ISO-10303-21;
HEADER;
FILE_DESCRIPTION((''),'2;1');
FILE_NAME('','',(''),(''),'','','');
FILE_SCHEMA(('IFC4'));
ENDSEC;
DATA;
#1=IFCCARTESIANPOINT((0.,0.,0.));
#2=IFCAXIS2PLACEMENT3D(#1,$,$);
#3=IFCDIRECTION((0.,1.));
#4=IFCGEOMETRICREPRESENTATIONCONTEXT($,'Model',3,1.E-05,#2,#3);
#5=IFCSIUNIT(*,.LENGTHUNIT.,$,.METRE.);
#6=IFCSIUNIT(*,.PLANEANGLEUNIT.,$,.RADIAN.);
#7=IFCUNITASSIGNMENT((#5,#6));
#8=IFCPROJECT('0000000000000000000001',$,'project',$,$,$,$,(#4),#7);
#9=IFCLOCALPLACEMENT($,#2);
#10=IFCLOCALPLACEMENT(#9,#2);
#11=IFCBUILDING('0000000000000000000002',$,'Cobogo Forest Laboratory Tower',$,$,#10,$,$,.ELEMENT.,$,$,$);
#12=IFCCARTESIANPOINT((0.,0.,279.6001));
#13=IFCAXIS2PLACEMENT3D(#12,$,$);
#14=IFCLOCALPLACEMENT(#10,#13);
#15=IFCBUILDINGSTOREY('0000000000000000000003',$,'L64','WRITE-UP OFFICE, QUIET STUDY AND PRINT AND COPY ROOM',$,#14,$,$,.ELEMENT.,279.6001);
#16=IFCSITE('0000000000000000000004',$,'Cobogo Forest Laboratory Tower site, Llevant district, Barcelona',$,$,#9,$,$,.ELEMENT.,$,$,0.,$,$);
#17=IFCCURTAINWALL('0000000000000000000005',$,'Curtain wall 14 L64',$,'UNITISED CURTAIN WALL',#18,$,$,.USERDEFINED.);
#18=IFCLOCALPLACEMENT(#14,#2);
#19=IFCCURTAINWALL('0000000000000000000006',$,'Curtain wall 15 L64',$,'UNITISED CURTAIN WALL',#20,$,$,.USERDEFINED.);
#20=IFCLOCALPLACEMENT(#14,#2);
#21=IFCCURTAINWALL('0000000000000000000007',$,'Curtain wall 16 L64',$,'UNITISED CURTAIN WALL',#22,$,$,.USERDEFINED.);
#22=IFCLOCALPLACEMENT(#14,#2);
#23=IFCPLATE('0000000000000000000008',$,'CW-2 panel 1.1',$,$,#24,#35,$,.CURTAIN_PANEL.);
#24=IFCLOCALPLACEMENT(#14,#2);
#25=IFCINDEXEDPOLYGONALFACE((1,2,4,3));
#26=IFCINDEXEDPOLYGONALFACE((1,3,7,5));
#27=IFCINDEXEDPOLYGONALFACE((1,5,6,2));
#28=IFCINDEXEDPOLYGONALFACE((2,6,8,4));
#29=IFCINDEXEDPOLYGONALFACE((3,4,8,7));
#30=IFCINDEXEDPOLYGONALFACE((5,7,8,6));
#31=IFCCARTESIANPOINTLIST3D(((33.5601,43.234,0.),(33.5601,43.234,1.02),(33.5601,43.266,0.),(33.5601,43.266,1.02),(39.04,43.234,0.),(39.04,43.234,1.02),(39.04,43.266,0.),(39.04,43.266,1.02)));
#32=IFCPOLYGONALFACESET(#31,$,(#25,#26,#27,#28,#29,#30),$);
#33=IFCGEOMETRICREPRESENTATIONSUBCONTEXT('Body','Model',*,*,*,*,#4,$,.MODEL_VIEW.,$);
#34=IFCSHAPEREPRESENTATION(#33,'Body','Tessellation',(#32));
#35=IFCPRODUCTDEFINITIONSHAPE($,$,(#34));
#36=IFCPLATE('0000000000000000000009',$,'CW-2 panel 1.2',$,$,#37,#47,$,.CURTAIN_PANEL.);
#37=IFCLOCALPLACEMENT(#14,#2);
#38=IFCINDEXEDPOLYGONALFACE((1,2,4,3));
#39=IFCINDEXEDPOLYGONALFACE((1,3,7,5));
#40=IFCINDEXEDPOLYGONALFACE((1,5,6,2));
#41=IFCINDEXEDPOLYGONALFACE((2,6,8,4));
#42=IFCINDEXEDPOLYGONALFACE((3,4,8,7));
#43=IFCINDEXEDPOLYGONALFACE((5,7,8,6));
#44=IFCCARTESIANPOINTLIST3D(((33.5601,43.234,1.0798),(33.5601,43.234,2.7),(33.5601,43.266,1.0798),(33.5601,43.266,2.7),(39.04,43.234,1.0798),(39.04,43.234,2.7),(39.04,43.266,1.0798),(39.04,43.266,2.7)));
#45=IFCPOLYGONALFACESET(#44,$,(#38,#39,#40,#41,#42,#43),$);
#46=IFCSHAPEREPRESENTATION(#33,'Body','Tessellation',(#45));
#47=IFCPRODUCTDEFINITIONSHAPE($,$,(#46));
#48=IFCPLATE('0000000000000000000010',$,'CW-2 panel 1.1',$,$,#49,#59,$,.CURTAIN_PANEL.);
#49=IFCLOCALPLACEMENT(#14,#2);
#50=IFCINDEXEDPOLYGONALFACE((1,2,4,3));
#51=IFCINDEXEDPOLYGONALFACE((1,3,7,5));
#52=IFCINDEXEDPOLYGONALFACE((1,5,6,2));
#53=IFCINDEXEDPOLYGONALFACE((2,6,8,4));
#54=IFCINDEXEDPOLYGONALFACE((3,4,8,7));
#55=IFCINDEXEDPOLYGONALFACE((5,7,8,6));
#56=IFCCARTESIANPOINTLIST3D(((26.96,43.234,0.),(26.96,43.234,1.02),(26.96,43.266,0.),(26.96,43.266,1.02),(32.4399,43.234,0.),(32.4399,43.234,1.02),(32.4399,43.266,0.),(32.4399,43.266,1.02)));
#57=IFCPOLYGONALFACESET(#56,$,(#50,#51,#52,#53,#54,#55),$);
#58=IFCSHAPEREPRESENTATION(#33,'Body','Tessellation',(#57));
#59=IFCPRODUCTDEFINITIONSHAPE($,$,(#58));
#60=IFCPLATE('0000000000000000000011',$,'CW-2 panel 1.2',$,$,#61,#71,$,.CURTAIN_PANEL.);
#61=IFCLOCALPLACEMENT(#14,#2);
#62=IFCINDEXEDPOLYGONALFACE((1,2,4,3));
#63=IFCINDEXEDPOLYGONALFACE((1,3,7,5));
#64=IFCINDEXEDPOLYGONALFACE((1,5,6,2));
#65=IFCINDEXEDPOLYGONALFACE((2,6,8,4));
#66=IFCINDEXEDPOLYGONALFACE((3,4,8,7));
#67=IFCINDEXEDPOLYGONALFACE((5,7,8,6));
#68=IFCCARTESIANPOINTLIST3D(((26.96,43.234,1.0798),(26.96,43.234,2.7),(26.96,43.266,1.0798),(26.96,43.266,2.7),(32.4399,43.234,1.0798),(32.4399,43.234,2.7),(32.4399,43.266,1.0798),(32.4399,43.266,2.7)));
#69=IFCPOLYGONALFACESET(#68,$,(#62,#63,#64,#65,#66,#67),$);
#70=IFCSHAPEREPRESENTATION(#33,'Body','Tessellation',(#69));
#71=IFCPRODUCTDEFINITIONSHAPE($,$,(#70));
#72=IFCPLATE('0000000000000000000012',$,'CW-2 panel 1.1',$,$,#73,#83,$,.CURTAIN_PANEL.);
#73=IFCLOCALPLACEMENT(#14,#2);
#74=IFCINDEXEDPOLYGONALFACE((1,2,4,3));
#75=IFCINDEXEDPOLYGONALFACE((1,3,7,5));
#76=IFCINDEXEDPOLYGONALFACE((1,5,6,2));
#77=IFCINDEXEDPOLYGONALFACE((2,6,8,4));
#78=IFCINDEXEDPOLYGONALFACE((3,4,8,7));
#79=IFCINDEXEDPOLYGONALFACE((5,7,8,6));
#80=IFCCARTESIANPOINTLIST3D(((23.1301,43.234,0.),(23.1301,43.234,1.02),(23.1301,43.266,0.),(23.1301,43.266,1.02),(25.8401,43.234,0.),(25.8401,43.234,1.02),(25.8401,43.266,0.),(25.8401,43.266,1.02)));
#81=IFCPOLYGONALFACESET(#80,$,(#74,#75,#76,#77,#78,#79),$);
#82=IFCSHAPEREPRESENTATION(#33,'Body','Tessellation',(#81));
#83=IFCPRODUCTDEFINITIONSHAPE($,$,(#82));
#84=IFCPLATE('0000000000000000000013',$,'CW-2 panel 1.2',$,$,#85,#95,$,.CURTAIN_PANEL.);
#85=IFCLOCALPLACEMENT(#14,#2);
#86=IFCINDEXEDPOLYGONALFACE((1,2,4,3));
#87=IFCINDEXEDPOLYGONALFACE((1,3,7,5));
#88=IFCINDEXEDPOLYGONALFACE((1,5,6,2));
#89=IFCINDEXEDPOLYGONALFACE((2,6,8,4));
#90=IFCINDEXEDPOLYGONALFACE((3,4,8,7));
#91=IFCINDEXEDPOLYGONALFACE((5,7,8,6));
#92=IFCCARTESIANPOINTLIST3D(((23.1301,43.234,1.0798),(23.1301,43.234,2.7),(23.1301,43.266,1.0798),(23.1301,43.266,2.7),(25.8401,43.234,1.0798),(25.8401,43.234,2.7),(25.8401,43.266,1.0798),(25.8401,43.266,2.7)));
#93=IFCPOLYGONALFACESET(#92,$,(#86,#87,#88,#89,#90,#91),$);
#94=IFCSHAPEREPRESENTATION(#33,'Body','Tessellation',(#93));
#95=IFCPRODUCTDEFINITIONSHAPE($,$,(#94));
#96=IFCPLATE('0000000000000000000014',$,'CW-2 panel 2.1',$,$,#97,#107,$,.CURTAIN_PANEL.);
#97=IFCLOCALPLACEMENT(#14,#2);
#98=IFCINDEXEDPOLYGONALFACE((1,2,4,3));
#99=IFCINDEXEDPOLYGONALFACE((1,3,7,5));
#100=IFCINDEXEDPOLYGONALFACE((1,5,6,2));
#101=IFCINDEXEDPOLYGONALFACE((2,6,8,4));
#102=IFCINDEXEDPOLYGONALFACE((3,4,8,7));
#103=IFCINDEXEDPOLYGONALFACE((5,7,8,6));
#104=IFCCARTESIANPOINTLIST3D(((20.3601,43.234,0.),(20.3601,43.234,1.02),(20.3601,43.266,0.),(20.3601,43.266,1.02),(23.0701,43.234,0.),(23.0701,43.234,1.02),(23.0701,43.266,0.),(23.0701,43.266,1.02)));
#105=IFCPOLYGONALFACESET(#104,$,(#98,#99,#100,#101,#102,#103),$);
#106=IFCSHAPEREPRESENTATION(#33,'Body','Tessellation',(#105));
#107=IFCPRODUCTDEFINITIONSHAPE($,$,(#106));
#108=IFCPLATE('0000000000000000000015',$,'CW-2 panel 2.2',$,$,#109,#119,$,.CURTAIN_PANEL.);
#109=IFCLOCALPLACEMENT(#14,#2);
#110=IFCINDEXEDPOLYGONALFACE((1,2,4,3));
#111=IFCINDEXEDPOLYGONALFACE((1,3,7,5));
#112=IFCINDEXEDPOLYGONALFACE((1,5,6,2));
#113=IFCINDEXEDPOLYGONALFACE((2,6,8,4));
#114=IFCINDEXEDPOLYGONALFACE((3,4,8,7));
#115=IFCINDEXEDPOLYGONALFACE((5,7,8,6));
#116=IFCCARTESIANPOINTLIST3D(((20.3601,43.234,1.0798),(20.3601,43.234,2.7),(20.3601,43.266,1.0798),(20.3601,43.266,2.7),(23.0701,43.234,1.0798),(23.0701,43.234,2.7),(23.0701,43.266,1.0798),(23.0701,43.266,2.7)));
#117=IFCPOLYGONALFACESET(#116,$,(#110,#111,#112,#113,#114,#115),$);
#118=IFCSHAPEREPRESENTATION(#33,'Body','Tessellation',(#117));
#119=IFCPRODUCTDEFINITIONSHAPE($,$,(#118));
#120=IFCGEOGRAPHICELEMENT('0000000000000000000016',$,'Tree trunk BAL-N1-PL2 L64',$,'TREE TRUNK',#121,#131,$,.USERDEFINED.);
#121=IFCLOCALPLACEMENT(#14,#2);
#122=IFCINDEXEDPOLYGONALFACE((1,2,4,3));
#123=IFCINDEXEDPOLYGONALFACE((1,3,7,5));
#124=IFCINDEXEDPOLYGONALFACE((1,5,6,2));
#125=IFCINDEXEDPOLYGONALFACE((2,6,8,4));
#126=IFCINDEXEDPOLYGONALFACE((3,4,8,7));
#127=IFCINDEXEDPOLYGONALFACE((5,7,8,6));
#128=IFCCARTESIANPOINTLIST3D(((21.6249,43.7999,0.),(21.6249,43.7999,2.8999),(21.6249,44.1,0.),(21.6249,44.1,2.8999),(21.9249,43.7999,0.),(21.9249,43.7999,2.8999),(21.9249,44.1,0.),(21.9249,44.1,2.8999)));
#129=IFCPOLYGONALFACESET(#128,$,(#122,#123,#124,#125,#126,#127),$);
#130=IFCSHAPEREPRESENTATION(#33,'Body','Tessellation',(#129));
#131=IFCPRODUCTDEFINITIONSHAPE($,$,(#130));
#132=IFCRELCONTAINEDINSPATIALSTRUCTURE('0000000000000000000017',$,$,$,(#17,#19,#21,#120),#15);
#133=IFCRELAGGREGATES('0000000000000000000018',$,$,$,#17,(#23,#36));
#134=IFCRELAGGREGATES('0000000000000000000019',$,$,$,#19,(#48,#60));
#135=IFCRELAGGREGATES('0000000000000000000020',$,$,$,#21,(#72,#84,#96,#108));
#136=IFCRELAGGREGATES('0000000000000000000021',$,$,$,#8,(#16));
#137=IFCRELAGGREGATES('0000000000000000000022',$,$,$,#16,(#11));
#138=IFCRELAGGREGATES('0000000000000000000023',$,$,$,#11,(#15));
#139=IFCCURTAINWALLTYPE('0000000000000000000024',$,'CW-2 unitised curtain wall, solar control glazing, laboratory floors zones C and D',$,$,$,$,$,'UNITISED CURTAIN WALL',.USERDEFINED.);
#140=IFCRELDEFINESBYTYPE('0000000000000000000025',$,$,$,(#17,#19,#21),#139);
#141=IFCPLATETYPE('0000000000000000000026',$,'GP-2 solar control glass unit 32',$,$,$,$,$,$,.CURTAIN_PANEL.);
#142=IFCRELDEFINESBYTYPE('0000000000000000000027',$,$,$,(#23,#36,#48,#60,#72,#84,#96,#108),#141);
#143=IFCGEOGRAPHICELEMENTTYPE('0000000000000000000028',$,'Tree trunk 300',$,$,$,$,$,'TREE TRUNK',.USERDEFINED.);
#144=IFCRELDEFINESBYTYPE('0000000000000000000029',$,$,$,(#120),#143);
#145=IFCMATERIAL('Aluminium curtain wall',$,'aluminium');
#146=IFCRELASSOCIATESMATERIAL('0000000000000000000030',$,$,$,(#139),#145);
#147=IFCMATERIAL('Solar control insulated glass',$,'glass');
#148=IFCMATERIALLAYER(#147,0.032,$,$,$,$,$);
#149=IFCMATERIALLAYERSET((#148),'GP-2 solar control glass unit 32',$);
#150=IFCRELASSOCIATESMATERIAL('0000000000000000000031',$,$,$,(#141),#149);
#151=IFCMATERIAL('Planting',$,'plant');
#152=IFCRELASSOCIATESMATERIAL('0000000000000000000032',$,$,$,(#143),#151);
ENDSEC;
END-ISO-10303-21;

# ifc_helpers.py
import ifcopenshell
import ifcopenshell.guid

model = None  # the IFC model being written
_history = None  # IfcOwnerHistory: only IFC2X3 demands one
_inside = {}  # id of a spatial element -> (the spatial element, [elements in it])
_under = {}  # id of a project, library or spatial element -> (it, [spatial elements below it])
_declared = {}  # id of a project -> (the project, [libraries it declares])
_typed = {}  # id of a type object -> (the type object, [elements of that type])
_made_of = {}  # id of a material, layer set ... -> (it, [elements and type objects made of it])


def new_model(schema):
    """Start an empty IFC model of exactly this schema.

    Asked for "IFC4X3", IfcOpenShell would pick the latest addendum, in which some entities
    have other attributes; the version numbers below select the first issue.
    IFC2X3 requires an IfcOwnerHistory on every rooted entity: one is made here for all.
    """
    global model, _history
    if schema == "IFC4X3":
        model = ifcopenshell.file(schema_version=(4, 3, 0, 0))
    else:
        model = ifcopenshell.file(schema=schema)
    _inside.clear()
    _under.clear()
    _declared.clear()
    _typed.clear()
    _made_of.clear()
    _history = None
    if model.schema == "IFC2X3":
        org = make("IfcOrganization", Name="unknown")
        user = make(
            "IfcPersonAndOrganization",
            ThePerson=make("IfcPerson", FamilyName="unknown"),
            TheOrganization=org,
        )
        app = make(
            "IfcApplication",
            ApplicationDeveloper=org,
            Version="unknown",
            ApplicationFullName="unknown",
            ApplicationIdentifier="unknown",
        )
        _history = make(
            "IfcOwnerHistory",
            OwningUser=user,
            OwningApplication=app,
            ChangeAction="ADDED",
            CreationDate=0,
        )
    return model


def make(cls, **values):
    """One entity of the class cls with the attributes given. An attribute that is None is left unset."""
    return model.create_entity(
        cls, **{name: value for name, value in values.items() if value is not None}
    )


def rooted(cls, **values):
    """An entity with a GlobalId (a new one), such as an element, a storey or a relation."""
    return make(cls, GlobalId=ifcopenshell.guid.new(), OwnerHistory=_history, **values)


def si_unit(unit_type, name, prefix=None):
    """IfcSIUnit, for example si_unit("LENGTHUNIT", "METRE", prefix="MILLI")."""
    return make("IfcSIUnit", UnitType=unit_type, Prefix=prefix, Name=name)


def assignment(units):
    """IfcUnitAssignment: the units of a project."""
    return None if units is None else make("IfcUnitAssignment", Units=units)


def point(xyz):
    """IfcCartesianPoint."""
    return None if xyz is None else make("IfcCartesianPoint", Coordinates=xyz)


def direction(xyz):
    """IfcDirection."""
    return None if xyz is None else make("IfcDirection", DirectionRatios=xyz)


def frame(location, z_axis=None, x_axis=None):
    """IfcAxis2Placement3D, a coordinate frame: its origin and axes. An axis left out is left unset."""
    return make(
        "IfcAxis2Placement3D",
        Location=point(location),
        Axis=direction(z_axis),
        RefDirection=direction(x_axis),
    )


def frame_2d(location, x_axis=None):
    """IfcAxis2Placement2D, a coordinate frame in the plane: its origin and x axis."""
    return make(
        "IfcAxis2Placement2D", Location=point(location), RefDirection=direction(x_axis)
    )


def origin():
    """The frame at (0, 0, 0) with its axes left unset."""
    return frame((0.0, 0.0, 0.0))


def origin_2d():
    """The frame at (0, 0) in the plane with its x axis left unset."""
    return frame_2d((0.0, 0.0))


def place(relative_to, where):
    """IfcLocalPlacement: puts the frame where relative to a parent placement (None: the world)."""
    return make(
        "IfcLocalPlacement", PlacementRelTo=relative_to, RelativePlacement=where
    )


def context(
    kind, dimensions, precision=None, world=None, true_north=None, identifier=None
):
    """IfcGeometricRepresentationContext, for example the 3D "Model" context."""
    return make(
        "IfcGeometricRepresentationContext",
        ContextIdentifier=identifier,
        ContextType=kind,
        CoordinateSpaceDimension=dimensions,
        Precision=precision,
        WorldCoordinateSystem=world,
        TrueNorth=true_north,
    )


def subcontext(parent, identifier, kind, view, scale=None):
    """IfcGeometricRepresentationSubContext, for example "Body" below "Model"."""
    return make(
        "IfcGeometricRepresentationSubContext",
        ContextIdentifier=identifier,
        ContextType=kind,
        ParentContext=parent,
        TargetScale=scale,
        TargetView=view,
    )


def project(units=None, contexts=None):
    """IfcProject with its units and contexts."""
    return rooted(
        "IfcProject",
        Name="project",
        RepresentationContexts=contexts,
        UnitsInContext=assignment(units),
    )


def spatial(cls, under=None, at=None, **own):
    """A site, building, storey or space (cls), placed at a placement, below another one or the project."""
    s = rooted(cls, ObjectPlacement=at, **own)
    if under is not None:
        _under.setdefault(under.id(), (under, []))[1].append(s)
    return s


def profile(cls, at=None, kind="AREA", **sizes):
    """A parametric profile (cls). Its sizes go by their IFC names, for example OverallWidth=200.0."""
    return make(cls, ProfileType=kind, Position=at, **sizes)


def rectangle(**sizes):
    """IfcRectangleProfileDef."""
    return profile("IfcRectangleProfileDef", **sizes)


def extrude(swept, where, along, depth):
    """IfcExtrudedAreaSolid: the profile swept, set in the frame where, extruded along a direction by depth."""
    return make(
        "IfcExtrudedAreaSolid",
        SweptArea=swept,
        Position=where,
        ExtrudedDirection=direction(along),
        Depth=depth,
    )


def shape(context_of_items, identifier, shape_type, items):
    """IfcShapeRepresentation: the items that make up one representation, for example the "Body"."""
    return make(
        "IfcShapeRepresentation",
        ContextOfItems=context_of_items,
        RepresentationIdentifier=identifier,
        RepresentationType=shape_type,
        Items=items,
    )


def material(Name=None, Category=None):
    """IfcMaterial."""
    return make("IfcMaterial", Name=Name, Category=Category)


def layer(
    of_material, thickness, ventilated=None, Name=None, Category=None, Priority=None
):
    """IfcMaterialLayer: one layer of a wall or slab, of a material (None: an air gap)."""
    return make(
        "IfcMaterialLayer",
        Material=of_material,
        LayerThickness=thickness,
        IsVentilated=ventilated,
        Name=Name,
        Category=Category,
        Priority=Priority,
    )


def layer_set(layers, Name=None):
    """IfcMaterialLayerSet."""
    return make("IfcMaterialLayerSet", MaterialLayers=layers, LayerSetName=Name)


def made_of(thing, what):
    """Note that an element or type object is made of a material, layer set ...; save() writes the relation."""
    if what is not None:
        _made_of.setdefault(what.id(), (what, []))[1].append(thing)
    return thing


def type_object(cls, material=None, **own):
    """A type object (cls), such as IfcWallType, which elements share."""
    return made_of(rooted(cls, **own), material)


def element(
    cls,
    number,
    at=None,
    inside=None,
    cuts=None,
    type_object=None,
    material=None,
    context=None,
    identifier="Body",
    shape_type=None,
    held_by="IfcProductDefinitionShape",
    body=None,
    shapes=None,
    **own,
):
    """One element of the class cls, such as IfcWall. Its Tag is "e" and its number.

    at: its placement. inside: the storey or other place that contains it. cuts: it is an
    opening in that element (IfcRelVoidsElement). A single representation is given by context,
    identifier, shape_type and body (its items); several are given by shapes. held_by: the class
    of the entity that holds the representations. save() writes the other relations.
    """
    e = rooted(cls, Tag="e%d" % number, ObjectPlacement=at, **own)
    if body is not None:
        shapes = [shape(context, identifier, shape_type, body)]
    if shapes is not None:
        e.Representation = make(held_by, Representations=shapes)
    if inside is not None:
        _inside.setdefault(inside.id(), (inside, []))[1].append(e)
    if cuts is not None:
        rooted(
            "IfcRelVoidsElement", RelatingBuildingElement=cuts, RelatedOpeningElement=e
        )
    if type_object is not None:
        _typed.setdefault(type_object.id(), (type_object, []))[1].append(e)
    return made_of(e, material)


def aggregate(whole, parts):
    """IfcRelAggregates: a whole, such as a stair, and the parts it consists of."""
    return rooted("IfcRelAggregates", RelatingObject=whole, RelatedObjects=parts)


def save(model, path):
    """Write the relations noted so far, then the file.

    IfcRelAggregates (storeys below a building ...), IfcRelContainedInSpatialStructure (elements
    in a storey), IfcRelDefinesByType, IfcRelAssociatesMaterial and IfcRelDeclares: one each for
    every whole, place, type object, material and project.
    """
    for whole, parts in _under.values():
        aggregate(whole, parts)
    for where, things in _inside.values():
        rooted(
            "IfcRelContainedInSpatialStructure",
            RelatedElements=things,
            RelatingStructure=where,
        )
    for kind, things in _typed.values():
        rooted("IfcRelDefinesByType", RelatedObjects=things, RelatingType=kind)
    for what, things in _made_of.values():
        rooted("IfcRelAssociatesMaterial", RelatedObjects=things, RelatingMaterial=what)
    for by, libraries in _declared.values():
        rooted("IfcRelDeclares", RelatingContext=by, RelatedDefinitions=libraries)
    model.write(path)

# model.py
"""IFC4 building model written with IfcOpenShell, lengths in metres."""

from ifc_helpers import new_model, si_unit, direction, frame, origin, origin_2d, place, context, subcontext, project, spatial, rectangle, extrude, material, layer, layer_set, type_object, element, aggregate, save


model = new_model("IFC4")

# Units and contexts
model_context = context("Model", 3, precision=1e-05, world=origin(), true_north=direction((0.0, 1.0)))
body_context = subcontext(model_context, "Body", "Model", "MODEL_VIEW")
ifc_project = project(units=[si_unit("LENGTHUNIT", "METRE"), si_unit("PLANEANGLEUNIT", "RADIAN")], contexts=[model_context])

# Site, building, storey
site_placement = place(None, origin())
site = spatial("IfcSite", under=ifc_project, at=site_placement, Name="Cobogo Forest Laboratory Tower site, Llevant district, Barcelona", CompositionType="ELEMENT", RefElevation=0.0)
building_placement = place(site_placement, origin())
building = spatial("IfcBuilding", under=site, at=building_placement, Name="Cobogo Forest Laboratory Tower", CompositionType="ELEMENT")
storey_placement = place(building_placement, frame((0.0, 0.0, 279.6001)))
storey = spatial("IfcBuildingStorey", under=building, at=storey_placement, Name="L64", Description="WRITE-UP OFFICE, QUIET STUDY AND PRINT AND COPY ROOM", CompositionType="ELEMENT", Elevation=279.6001)

# Curtain walls
ifc_material_1 = material(Name="Aluminium curtain wall", Category="aluminium")
curtain_wall_type = type_object("IfcCurtainWallType", Name="CW-2 unitised curtain wall, solar control glazing, laboratory floors zones C and D", ElementType="UNITISED CURTAIN WALL", PredefinedType="USERDEFINED", material=ifc_material_1)
curtain_wall_1_placement = place(storey_placement, origin())
curtain_wall_1 = element("IfcCurtainWall", 1, at=curtain_wall_1_placement, inside=storey, type_object=curtain_wall_type, Name="Curtain wall 14 L64", ObjectType="UNITISED CURTAIN WALL", PredefinedType="USERDEFINED")
curtain_wall_2_placement = place(storey_placement, origin())
curtain_wall_2 = element("IfcCurtainWall", 2, at=curtain_wall_2_placement, inside=storey, type_object=curtain_wall_type, Name="Curtain wall 15 L64", ObjectType="UNITISED CURTAIN WALL", PredefinedType="USERDEFINED")
curtain_wall_3_placement = place(storey_placement, origin())
curtain_wall_3 = element("IfcCurtainWall", 3, at=curtain_wall_3_placement, inside=storey, type_object=curtain_wall_type, Name="Curtain wall 16 L64", ObjectType="UNITISED CURTAIN WALL", PredefinedType="USERDEFINED")

# Plates
ifc_material_2 = material(Name="Solar control insulated glass", Category="glass")
ifc_layer = layer(ifc_material_2, 0.032)
ifc_layer_set = layer_set([ifc_layer], Name="GP-2 solar control glass unit 32")
plate_type_1 = type_object("IfcPlateType", Name="GP-2 solar control glass unit 32", PredefinedType="CURTAIN_PANEL", material=ifc_layer_set)
plate_1_placement = place(storey_placement, frame((36.3, 43.25, 0.0), z_axis=(0.0, 0.0, 1.0), x_axis=(-1.0, 0.0, 0.0)))
plate_1 = element("IfcPlate", 4, at=plate_1_placement, type_object=plate_type_1, Name="CW-2 panel 1.1", PredefinedType="CURTAIN_PANEL", context=body_context, shape_type="SweptSolid", body=[
    extrude(rectangle(XDim=5.48, YDim=0.032, at=origin_2d()), origin(), (0.0, 0.0, 1.0), 1.02),
])
plate_2_placement = place(storey_placement, frame((36.3, 43.25, 1.0798), z_axis=(0.0, 0.0, 1.0), x_axis=(-1.0, 0.0, 0.0)))
plate_2 = element("IfcPlate", 5, at=plate_2_placement, type_object=plate_type_1, Name="CW-2 panel 1.2", PredefinedType="CURTAIN_PANEL", context=body_context, shape_type="SweptSolid", body=[
    extrude(rectangle(XDim=5.48, YDim=0.032, at=origin_2d()), origin(), (0.0, 0.0, 1.0), 1.6201),
])
aggregate(curtain_wall_1, [plate_1, plate_2])
plate_3_placement = place(storey_placement, frame((29.7, 43.25, 0.0), z_axis=(0.0, 0.0, 1.0), x_axis=(-1.0, 0.0, 0.0)))
plate_3 = element("IfcPlate", 6, at=plate_3_placement, type_object=plate_type_1, Name="CW-2 panel 1.1", PredefinedType="CURTAIN_PANEL", context=body_context, shape_type="SweptSolid", body=[
    extrude(rectangle(XDim=5.48, YDim=0.032, at=origin_2d()), origin(), (0.0, 0.0, 1.0), 1.02),
])
plate_4_placement = place(storey_placement, frame((29.7, 43.25, 1.0798), z_axis=(0.0, 0.0, 1.0), x_axis=(-1.0, 0.0, 0.0)))
plate_4 = element("IfcPlate", 7, at=plate_4_placement, type_object=plate_type_1, Name="CW-2 panel 1.2", PredefinedType="CURTAIN_PANEL", context=body_context, shape_type="SweptSolid", body=[
    extrude(rectangle(XDim=5.48, YDim=0.032, at=origin_2d()), origin(), (0.0, 0.0, 1.0), 1.6201),
])
aggregate(curtain_wall_2, [plate_3, plate_4])
plate_5_placement = place(storey_placement, frame((24.4851, 43.25, 0.0), z_axis=(0.0, 0.0, 1.0), x_axis=(-1.0, 0.0, 0.0)))
plate_5 = element("IfcPlate", 8, at=plate_5_placement, type_object=plate_type_1, Name="CW-2 panel 1.1", PredefinedType="CURTAIN_PANEL", context=body_context, shape_type="SweptSolid", body=[
    extrude(rectangle(XDim=2.71, YDim=0.032, at=origin_2d()), origin(), (0.0, 0.0, 1.0), 1.02),
])
plate_6_placement = place(storey_placement, frame((24.4851, 43.25, 1.0798), z_axis=(0.0, 0.0, 1.0), x_axis=(-1.0, 0.0, 0.0)))
plate_6 = element("IfcPlate", 9, at=plate_6_placement, type_object=plate_type_1, Name="CW-2 panel 1.2", PredefinedType="CURTAIN_PANEL", context=body_context, shape_type="SweptSolid", body=[
    extrude(rectangle(XDim=2.71, YDim=0.032, at=origin_2d()), origin(), (0.0, 0.0, 1.0), 1.6201),
])
plate_7_placement = place(storey_placement, frame((21.7151, 43.25, 0.0), z_axis=(0.0, 0.0, 1.0), x_axis=(-1.0, 0.0, 0.0)))
plate_7 = element("IfcPlate", 10, at=plate_7_placement, type_object=plate_type_1, Name="CW-2 panel 2.1", PredefinedType="CURTAIN_PANEL", context=body_context, shape_type="SweptSolid", body=[
    extrude(rectangle(XDim=2.71, YDim=0.032, at=origin_2d()), origin(), (0.0, 0.0, 1.0), 1.02),
])
plate_8_placement = place(storey_placement, frame((21.7151, 43.25, 1.0798), z_axis=(0.0, 0.0, 1.0), x_axis=(-1.0, 0.0, 0.0)))
plate_8 = element("IfcPlate", 11, at=plate_8_placement, type_object=plate_type_1, Name="CW-2 panel 2.2", PredefinedType="CURTAIN_PANEL", context=body_context, shape_type="SweptSolid", body=[
    extrude(rectangle(XDim=2.71, YDim=0.032, at=origin_2d()), origin(), (0.0, 0.0, 1.0), 1.6201),
])
aggregate(curtain_wall_3, [plate_5, plate_6, plate_7, plate_8])

# Geographic element
ifc_material_3 = material(Name="Planting", Category="plant")
geographic_element_type = type_object("IfcGeographicElementType", Name="Tree trunk 300", ElementType="TREE TRUNK", PredefinedType="USERDEFINED", material=ifc_material_3)
geographic_element_placement = place(storey_placement, frame((21.7749, 43.95, 0.0), z_axis=(0.0, 0.0, 1.0), x_axis=(1.0, 0.0, 0.0)))
element("IfcGeographicElement", 12, at=geographic_element_placement, inside=storey, type_object=geographic_element_type, Name="Tree trunk BAL-N1-PL2 L64", ObjectType="TREE TRUNK", PredefinedType="USERDEFINED", context=body_context, shape_type="SweptSolid", body=[
    extrude(rectangle(XDim=0.3, YDim=0.3, at=origin_2d()), origin(), (0.0, 0.0, 1.0), 2.8999),
])

save(model, "model.ifc")
